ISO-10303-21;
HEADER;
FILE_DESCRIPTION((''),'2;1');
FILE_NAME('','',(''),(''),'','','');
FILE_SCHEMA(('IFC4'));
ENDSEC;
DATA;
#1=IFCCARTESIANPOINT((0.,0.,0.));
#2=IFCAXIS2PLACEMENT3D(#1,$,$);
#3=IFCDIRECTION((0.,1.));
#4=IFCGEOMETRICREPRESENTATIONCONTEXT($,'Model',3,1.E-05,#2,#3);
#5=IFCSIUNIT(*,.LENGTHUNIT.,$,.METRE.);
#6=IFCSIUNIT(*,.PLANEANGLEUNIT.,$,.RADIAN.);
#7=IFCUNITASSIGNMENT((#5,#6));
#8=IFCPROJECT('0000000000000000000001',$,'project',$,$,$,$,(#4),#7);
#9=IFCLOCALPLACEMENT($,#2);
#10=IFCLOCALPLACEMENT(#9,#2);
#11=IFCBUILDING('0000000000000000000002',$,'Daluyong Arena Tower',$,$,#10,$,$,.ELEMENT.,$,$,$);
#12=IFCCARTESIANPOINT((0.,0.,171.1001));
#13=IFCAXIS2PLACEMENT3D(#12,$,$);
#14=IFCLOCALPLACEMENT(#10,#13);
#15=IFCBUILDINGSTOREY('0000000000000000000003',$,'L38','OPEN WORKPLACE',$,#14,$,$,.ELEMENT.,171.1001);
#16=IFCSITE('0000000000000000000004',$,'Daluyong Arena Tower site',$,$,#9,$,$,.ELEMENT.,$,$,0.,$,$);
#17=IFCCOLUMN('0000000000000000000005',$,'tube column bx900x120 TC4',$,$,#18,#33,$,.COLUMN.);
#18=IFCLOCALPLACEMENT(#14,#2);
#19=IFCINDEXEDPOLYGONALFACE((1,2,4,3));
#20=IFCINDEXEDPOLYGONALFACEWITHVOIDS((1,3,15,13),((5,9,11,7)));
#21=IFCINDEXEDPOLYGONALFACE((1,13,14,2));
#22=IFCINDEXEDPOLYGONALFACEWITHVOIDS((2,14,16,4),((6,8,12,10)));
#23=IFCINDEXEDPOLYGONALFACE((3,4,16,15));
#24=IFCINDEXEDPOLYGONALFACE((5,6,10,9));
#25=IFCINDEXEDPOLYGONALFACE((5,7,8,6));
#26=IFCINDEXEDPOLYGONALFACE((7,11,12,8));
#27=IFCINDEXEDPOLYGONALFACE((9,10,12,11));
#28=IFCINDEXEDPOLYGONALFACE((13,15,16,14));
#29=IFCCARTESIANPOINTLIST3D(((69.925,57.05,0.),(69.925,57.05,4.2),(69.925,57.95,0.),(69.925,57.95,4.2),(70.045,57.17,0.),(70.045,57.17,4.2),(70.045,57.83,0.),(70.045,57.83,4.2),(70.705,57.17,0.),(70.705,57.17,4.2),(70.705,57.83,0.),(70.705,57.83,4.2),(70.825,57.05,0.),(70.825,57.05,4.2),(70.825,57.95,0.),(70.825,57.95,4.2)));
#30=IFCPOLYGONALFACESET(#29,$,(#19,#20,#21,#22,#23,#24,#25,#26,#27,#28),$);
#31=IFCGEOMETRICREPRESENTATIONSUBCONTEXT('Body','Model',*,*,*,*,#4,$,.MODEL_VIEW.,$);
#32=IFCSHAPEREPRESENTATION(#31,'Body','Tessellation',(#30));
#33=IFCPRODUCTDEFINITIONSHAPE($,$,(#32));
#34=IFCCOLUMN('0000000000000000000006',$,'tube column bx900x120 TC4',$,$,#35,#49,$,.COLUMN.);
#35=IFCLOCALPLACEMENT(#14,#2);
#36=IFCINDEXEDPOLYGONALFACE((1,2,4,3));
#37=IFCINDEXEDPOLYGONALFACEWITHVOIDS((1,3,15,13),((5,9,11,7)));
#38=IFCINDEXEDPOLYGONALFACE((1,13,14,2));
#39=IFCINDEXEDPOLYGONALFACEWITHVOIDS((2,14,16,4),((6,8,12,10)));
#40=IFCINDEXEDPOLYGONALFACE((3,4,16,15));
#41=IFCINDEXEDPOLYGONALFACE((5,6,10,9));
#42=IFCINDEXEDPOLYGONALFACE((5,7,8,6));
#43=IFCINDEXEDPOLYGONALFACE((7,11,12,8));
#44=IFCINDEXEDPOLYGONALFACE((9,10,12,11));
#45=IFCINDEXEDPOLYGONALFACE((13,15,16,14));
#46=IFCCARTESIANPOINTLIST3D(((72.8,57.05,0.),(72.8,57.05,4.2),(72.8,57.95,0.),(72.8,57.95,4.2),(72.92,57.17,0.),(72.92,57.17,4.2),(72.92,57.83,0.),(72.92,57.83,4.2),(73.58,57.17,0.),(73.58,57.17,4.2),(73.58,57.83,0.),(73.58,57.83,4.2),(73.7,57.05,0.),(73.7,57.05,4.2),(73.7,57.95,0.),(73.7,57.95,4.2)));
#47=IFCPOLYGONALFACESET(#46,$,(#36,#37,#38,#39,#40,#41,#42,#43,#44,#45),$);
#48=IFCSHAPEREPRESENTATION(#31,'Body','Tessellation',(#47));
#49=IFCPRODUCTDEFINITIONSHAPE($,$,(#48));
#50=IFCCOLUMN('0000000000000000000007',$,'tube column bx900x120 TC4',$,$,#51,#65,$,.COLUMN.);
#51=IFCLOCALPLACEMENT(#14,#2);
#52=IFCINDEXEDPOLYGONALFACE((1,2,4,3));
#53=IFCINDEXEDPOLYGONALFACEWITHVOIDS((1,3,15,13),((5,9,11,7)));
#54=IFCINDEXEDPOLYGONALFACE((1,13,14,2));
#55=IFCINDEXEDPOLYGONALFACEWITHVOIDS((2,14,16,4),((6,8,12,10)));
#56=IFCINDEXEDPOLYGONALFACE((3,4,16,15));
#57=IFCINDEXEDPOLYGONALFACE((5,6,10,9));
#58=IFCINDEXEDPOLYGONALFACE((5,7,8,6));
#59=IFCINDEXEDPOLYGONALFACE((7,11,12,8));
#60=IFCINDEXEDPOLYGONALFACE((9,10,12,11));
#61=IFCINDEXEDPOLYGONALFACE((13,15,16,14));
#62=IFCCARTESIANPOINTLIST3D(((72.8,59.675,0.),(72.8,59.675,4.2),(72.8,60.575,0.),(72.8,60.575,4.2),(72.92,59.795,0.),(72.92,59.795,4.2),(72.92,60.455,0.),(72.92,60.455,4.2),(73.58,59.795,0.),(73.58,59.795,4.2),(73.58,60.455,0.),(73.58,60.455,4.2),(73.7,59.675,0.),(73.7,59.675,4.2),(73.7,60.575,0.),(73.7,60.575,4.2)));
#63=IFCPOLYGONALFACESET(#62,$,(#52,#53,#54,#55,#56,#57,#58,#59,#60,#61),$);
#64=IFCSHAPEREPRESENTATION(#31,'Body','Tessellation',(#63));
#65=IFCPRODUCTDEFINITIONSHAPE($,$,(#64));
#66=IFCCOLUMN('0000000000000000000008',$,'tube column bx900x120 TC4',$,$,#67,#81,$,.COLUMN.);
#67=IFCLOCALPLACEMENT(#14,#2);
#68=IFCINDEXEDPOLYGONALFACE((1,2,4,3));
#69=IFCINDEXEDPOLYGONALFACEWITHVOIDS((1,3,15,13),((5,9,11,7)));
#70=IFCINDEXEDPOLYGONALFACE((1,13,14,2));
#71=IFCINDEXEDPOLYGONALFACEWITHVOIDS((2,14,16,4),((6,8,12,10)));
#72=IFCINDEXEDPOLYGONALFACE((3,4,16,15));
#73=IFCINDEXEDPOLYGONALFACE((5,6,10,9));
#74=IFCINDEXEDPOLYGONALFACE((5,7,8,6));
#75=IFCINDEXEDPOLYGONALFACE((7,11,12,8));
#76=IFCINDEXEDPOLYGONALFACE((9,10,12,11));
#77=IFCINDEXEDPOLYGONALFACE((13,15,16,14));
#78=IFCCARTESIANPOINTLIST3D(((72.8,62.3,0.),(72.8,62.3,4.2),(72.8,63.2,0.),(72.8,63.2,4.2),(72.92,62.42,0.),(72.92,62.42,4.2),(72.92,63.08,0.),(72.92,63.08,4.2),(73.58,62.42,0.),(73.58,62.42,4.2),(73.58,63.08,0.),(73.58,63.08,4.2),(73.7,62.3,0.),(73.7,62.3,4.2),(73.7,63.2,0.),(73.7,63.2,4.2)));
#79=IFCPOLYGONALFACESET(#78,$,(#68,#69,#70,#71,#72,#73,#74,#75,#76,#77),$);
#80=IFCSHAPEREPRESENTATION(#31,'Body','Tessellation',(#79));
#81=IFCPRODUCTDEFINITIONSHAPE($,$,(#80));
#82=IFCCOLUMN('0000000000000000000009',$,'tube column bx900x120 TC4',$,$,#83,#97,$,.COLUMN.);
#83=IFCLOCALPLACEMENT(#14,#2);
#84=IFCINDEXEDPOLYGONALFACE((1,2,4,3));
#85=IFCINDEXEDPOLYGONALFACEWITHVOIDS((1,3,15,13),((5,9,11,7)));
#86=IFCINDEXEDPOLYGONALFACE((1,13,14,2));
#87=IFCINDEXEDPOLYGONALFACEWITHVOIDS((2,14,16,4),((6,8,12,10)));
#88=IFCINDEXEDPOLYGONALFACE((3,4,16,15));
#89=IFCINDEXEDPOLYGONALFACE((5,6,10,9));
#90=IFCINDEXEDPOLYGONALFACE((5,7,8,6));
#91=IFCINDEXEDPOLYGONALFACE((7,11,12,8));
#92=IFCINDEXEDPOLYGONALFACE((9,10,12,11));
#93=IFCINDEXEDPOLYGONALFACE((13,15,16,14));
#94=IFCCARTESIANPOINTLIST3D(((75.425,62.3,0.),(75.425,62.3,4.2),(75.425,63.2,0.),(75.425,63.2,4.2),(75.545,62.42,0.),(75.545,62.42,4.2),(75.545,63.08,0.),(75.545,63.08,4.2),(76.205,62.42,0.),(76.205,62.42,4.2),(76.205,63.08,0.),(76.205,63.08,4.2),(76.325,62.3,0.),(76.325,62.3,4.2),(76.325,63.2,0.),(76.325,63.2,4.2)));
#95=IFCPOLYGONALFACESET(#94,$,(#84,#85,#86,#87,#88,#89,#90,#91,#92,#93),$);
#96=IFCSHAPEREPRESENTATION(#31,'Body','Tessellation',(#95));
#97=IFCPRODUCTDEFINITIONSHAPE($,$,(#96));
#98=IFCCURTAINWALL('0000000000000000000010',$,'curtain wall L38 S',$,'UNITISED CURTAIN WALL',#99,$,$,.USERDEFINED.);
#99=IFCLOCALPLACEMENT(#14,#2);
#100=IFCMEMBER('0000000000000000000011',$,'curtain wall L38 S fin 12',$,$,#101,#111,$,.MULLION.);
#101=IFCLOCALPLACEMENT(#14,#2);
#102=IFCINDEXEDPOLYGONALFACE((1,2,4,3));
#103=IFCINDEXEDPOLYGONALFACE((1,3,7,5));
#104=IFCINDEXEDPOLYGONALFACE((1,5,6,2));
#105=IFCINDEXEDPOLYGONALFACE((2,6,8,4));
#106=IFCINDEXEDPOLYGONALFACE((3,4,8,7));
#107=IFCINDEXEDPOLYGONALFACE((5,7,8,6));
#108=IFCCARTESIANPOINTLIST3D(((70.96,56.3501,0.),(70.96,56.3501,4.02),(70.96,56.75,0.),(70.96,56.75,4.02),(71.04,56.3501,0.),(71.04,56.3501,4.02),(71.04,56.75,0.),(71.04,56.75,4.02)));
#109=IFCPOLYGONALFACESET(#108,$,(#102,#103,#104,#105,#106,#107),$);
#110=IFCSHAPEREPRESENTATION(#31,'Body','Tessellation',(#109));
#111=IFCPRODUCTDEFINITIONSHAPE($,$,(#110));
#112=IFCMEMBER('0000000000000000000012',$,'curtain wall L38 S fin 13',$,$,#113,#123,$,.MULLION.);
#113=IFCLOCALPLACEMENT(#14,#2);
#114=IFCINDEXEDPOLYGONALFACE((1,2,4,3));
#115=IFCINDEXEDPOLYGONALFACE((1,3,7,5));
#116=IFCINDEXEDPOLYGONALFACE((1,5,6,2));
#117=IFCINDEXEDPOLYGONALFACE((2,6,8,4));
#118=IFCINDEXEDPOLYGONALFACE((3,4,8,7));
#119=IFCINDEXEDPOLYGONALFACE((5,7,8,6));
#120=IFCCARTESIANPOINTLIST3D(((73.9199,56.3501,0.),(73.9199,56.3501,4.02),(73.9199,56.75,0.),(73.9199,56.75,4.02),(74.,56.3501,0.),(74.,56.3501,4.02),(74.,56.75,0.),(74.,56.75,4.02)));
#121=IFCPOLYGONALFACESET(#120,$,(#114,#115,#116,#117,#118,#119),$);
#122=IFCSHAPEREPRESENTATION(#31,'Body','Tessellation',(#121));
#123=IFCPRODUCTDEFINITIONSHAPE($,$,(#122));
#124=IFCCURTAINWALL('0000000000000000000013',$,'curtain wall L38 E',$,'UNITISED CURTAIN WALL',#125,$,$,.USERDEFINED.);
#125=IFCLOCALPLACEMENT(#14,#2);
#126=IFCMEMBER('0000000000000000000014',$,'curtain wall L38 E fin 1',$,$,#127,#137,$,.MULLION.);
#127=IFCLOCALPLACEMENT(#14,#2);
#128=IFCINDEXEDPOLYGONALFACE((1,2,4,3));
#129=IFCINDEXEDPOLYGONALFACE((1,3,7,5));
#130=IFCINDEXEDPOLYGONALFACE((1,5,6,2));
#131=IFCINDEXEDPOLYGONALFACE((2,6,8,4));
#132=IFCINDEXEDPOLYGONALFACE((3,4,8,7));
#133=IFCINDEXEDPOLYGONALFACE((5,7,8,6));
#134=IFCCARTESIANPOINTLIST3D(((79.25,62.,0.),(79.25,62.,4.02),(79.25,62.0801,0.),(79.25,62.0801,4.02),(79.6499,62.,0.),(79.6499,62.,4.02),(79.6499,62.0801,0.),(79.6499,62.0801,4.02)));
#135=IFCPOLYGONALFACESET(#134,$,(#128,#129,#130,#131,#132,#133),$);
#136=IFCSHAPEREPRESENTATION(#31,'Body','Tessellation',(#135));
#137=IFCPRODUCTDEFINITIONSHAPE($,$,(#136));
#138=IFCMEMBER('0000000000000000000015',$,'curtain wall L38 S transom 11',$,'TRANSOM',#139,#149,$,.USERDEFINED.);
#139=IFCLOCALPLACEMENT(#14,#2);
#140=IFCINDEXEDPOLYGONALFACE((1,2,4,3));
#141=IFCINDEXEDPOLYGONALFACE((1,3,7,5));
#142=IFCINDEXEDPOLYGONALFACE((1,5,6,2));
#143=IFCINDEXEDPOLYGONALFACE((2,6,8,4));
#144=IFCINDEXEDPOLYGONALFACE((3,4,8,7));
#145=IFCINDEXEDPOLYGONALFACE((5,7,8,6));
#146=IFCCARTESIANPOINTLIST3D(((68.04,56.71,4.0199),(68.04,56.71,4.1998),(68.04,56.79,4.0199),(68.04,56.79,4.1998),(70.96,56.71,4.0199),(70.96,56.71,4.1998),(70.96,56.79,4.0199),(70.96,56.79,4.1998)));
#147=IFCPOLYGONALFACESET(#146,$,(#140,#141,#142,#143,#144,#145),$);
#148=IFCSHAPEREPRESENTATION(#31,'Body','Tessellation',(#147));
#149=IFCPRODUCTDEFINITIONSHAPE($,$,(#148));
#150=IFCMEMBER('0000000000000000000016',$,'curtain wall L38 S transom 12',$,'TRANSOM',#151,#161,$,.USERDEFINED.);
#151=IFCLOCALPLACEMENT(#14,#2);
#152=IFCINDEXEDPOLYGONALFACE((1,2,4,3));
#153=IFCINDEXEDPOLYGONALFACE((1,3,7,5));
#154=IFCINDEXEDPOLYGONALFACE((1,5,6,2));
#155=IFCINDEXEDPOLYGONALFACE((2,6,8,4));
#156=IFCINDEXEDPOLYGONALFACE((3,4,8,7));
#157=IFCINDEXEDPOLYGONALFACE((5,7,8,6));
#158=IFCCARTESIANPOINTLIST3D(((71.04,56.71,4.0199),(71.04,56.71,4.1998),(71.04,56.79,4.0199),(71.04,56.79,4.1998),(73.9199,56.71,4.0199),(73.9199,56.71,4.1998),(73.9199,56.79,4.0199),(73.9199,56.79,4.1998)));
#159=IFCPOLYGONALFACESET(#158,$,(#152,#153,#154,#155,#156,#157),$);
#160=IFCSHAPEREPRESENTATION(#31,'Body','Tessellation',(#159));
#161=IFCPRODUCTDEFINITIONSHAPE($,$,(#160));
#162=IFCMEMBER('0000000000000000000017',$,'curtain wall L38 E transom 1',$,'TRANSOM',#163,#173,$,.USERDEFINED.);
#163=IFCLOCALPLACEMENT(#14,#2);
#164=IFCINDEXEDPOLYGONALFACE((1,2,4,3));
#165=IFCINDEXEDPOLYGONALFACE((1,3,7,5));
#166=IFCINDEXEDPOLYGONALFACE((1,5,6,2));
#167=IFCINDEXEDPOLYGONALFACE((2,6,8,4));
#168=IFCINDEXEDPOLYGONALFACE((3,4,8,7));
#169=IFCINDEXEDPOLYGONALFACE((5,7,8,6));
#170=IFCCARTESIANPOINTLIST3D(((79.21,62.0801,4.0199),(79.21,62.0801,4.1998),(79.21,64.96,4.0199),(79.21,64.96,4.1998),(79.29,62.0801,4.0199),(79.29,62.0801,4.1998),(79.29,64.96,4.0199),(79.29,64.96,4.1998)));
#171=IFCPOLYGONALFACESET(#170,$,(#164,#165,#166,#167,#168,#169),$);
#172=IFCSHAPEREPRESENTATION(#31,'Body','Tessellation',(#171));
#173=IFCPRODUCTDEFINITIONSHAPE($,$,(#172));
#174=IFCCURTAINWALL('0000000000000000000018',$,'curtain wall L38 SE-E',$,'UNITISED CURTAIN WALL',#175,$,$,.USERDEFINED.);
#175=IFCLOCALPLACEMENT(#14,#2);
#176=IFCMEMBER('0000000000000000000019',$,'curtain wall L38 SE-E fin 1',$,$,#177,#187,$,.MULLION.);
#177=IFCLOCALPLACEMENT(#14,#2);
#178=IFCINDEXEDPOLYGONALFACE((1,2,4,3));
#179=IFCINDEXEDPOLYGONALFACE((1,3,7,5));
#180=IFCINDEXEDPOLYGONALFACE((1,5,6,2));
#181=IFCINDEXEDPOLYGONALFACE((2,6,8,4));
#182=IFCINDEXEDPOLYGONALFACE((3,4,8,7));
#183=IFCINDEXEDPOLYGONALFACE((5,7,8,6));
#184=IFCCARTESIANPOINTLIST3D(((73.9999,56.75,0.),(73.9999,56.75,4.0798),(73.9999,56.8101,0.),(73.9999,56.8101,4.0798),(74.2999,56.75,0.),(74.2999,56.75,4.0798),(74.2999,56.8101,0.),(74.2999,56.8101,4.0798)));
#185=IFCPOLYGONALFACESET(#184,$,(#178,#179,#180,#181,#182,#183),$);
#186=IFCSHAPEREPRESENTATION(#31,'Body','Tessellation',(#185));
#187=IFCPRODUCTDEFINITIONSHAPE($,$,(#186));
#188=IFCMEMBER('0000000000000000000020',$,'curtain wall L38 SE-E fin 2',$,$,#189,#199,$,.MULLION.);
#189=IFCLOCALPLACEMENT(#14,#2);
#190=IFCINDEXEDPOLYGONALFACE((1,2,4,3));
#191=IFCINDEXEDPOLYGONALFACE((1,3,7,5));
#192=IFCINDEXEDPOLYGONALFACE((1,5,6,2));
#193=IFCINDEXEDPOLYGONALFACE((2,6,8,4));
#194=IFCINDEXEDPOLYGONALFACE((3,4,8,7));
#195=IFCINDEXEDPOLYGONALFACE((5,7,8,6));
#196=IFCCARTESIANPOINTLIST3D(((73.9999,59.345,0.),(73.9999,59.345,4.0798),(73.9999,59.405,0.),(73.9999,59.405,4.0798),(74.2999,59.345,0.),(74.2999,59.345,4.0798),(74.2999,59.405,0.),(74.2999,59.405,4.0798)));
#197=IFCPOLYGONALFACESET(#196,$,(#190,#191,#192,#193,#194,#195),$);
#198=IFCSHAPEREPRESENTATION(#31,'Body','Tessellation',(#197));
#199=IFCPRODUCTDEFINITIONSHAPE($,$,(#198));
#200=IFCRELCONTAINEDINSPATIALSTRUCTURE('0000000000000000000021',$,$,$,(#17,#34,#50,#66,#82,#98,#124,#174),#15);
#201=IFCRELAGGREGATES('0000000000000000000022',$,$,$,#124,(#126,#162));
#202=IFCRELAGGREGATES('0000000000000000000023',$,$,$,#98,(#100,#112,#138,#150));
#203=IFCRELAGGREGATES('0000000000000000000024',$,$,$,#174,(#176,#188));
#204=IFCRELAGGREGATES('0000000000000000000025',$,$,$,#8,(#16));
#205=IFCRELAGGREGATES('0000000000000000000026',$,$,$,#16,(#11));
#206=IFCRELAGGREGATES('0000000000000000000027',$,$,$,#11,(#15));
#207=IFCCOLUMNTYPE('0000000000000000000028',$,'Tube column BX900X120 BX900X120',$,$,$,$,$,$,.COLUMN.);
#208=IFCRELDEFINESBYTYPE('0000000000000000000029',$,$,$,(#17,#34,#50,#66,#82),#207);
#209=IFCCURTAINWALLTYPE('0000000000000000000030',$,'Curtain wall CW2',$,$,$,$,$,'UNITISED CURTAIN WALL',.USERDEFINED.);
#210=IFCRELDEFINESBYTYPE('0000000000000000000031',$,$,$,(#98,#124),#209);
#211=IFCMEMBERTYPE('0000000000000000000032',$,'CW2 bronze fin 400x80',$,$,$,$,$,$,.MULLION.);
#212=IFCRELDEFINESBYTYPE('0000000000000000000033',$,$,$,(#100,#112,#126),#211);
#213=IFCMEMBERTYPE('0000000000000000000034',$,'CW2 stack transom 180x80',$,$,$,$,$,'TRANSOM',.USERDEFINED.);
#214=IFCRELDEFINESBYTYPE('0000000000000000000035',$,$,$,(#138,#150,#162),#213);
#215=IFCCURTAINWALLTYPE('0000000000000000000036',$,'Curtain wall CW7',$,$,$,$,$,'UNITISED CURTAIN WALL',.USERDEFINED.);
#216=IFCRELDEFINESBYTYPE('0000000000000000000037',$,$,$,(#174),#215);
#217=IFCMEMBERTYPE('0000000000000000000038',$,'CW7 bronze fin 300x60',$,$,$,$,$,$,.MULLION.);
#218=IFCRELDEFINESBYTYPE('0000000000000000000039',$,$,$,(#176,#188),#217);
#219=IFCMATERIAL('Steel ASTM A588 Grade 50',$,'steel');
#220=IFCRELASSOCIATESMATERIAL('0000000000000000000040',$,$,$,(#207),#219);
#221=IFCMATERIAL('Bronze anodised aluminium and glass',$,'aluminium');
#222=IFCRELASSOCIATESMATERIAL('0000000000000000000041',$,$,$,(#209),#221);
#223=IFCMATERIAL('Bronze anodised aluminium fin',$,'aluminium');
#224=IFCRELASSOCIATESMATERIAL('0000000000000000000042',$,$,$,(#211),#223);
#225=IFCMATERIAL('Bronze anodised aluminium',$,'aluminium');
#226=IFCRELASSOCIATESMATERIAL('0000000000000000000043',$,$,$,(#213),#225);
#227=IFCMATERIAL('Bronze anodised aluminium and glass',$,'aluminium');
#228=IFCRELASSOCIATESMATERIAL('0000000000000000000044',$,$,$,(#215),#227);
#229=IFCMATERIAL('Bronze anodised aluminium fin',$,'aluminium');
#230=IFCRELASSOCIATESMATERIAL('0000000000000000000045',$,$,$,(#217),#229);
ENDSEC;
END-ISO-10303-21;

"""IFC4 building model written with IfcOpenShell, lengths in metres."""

from ifc_helpers import new_model, si_unit, direction, frame, origin, origin_2d, place, context, subcontext, project, spatial, rectangle, hollow_rectangle, extrude, material, material_profile, profile_set, type_object, element, aggregate, save


model = new_model("IFC4")

# Units and contexts
model_context = context("Model", 3, precision=1e-05, world=origin(), true_north=direction((0.0, 1.0)))
body_context = subcontext(model_context, "Body", "Model", "MODEL_VIEW")
ifc_project = project(units=[si_unit("LENGTHUNIT", "METRE"), si_unit("PLANEANGLEUNIT", "RADIAN")], contexts=[model_context])

# Site, building, storey
site_placement = place(None, origin())
site = spatial("IfcSite", under=ifc_project, at=site_placement, Name="Daluyong Arena Tower site", CompositionType="ELEMENT", RefElevation=0.0)
building_placement = place(site_placement, origin())
building = spatial("IfcBuilding", under=site, at=building_placement, Name="Daluyong Arena Tower", CompositionType="ELEMENT")
storey_placement = place(building_placement, frame((0.0, 0.0, 171.1001)))
storey = spatial("IfcBuildingStorey", under=building, at=storey_placement, Name="L38", Description="OPEN WORKPLACE", CompositionType="ELEMENT", Elevation=171.1001)

# Columns
ifc_material_1 = material(Name="Steel ASTM A588 Grade 50", Category="steel")
ifc_material_profile_1 = material_profile(ifc_material_1, hollow_rectangle(XDim=0.8999, YDim=0.8999, WallThickness=0.12, at=origin_2d()))
ifc_profile_set_1 = profile_set([ifc_material_profile_1], Name="Steel ASTM A588 Grade 50")
column_type = type_object("IfcColumnType", Name="Tube column BX900X120 BX900X120", PredefinedType="COLUMN", material=ifc_profile_set_1)
for number, where, z_axis, x_axis, name in (
    (1, (70.375, 57.5, 0.0), (0.0, 0.0, 1.0), (1.0, 0.0, 0.0), "tube column bx900x120 TC4"),
    (2, (73.25, 57.5, 0.0), (0.0, 0.0, 1.0), (0.0, 1.0, 0.0), "tube column bx900x120 TC4"),
    (3, (73.25, 60.125, 0.0), (0.0, 0.0, 1.0), (0.0, 1.0, 0.0), "tube column bx900x120 TC4"),
    (4, (73.25, 62.75, 0.0), (0.0, 0.0, 1.0), (1.0, 0.0, 0.0), "tube column bx900x120 TC4"),
    (5, (75.875, 62.75, 0.0), (0.0, 0.0, 1.0), (1.0, 0.0, 0.0), "tube column bx900x120 TC4"),
):
    element("IfcColumn", number, at=place(storey_placement, frame(where, z_axis=z_axis, x_axis=x_axis)), inside=storey, type_object=column_type, Name=name, PredefinedType="COLUMN", context=body_context, shape_type="SweptSolid", body=[
        extrude(hollow_rectangle(XDim=0.8999, YDim=0.8999, WallThickness=0.12, at=origin_2d()), origin(), (0.0, 0.0, 1.0), 4.2),
    ])

# Curtain wall, members
ifc_material_2 = material(Name="Bronze anodised aluminium and glass", Category="aluminium")
curtain_wall_type_1 = type_object("IfcCurtainWallType", Name="Curtain wall CW2", ElementType="UNITISED CURTAIN WALL", PredefinedType="USERDEFINED", material=ifc_material_2)
curtain_wall_1_placement = place(storey_placement, origin())
curtain_wall_1 = element("IfcCurtainWall", 6, at=curtain_wall_1_placement, inside=storey, type_object=curtain_wall_type_1, Name="curtain wall L38 S", ObjectType="UNITISED CURTAIN WALL", PredefinedType="USERDEFINED")
ifc_material_3 = material(Name="Bronze anodised aluminium fin", Category="aluminium")
ifc_material_profile_2 = material_profile(ifc_material_3, rectangle(XDim=0.3999, YDim=0.0801, at=origin_2d()))
ifc_profile_set_2 = profile_set([ifc_material_profile_2], Name="Bronze anodised aluminium fin")
member_type_1 = type_object("IfcMemberType", Name="CW2 bronze fin 400x80", PredefinedType="MULLION", material=ifc_profile_set_2)
member_1_placement = place(storey_placement, frame((71.0, 56.55, 0.0), z_axis=(0.0, 0.0, 1.0), x_axis=(0.0, 1.0, 0.0)))
member_1 = element("IfcMember", 7, at=member_1_placement, type_object=member_type_1, Name="curtain wall L38 S fin 12", PredefinedType="MULLION", context=body_context, shape_type="SweptSolid", body=[
    extrude(rectangle(XDim=0.3999, YDim=0.0801, at=origin_2d()), origin(), (0.0, 0.0, 1.0), 4.02),
])
member_2_placement = place(storey_placement, frame((73.96, 56.55, 0.0), z_axis=(0.0, 0.0, 1.0), x_axis=(0.0, 1.0, 0.0)))
member_2 = element("IfcMember", 8, at=member_2_placement, type_object=member_type_1, Name="curtain wall L38 S fin 13", PredefinedType="MULLION", context=body_context, shape_type="SweptSolid", body=[
    extrude(rectangle(XDim=0.3999, YDim=0.0801, at=origin_2d()), origin(), (0.0, 0.0, 1.0), 4.02),
])

# Curtain wall, member
curtain_wall_2_placement = place(storey_placement, origin())
curtain_wall_2 = element("IfcCurtainWall", 9, at=curtain_wall_2_placement, inside=storey, type_object=curtain_wall_type_1, Name="curtain wall L38 E", ObjectType="UNITISED CURTAIN WALL", PredefinedType="USERDEFINED")
member_3_placement = place(storey_placement, frame((79.45, 62.04, 0.0), z_axis=(0.0, 0.0, 1.0), x_axis=(-1.0, 0.0, 0.0)))
member_3 = element("IfcMember", 10, at=member_3_placement, type_object=member_type_1, Name="curtain wall L38 E fin 1", PredefinedType="MULLION", context=body_context, shape_type="SweptSolid", body=[
    extrude(rectangle(XDim=0.3999, YDim=0.0801, at=origin_2d()), origin(), (0.0, 0.0, 1.0), 4.02),
])

# Members
ifc_material_4 = material(Name="Bronze anodised aluminium", Category="aluminium")
ifc_material_profile_3 = material_profile(ifc_material_4, rectangle(XDim=0.0801, YDim=0.1799, at=origin_2d()))
ifc_profile_set_3 = profile_set([ifc_material_profile_3], Name="Bronze anodised aluminium")
member_type_2 = type_object("IfcMemberType", Name="CW2 stack transom 180x80", ElementType="TRANSOM", PredefinedType="USERDEFINED", material=ifc_profile_set_3)
member_4_placement = place(storey_placement, frame((68.04, 56.75, 4.1099), z_axis=(1.0, 0.0, 0.0), x_axis=(0.0, 1.0, 0.0)))
member_4 = element("IfcMember", 11, at=member_4_placement, type_object=member_type_2, Name="curtain wall L38 S transom 11", ObjectType="TRANSOM", PredefinedType="USERDEFINED", context=body_context, shape_type="SweptSolid", body=[
    extrude(rectangle(XDim=0.0801, YDim=0.1799, at=origin_2d()), origin(), (0.0, 0.0, 1.0), 2.9199),
])
member_5_placement = place(storey_placement, frame((71.04, 56.75, 4.1099), z_axis=(1.0, 0.0, 0.0), x_axis=(0.0, 1.0, 0.0)))
member_5 = element("IfcMember", 12, at=member_5_placement, type_object=member_type_2, Name="curtain wall L38 S transom 12", ObjectType="TRANSOM", PredefinedType="USERDEFINED", context=body_context, shape_type="SweptSolid", body=[
    extrude(rectangle(XDim=0.0801, YDim=0.1799, at=origin_2d()), origin(), (0.0, 0.0, 1.0), 2.8799),
])
member_6_placement = place(storey_placement, frame((79.25, 62.0801, 4.1099), z_axis=(0.0, 1.0, 0.0), x_axis=(-1.0, 0.0, 0.0)))
member_6 = element("IfcMember", 13, at=member_6_placement, type_object=member_type_2, Name="curtain wall L38 E transom 1", ObjectType="TRANSOM", PredefinedType="USERDEFINED", context=body_context, shape_type="SweptSolid", body=[
    extrude(rectangle(XDim=0.0801, YDim=0.1799, at=origin_2d()), origin(), (0.0, 0.0, 1.0), 2.8799),
])
aggregate(curtain_wall_2, [member_3, member_6])

# Curtain wall, members
ifc_material_5 = material(Name="Bronze anodised aluminium and glass", Category="aluminium")
curtain_wall_type_2 = type_object("IfcCurtainWallType", Name="Curtain wall CW7", ElementType="UNITISED CURTAIN WALL", PredefinedType="USERDEFINED", material=ifc_material_5)
curtain_wall_3_placement = place(storey_placement, origin())
curtain_wall_3 = element("IfcCurtainWall", 14, at=curtain_wall_3_placement, inside=storey, type_object=curtain_wall_type_2, Name="curtain wall L38 SE-E", ObjectType="UNITISED CURTAIN WALL", PredefinedType="USERDEFINED")
ifc_material_6 = material(Name="Bronze anodised aluminium fin", Category="aluminium")
ifc_material_profile_4 = material_profile(ifc_material_6, rectangle(XDim=0.3, YDim=0.0601, at=origin_2d()))
ifc_profile_set_4 = profile_set([ifc_material_profile_4], Name="Bronze anodised aluminium fin")
member_type_3 = type_object("IfcMemberType", Name="CW7 bronze fin 300x60", PredefinedType="MULLION", material=ifc_profile_set_4)
member_7_placement = place(storey_placement, frame((74.1499, 56.78, 0.0), z_axis=(0.0, 0.0, 1.0), x_axis=(-1.0, 0.0, 0.0)))
member_7 = element("IfcMember", 15, at=member_7_placement, type_object=member_type_3, Name="curtain wall L38 SE-E fin 1", PredefinedType="MULLION", context=body_context, shape_type="SweptSolid", body=[
    extrude(rectangle(XDim=0.3, YDim=0.0601, at=origin_2d()), origin(), (0.0, 0.0, 1.0), 4.0798),
])
member_8_placement = place(storey_placement, frame((74.1499, 59.375, 0.0), z_axis=(0.0, 0.0, 1.0), x_axis=(-1.0, 0.0, 0.0)))
member_8 = element("IfcMember", 16, at=member_8_placement, type_object=member_type_3, Name="curtain wall L38 SE-E fin 2", PredefinedType="MULLION", context=body_context, shape_type="SweptSolid", body=[
    extrude(rectangle(XDim=0.3, YDim=0.0601, at=origin_2d()), origin(), (0.0, 0.0, 1.0), 4.0798),
])

aggregate(curtain_wall_1, [member_1, member_2, member_4, member_5])
aggregate(curtain_wall_3, [member_7, member_8])

save(model, "model.ifc")
